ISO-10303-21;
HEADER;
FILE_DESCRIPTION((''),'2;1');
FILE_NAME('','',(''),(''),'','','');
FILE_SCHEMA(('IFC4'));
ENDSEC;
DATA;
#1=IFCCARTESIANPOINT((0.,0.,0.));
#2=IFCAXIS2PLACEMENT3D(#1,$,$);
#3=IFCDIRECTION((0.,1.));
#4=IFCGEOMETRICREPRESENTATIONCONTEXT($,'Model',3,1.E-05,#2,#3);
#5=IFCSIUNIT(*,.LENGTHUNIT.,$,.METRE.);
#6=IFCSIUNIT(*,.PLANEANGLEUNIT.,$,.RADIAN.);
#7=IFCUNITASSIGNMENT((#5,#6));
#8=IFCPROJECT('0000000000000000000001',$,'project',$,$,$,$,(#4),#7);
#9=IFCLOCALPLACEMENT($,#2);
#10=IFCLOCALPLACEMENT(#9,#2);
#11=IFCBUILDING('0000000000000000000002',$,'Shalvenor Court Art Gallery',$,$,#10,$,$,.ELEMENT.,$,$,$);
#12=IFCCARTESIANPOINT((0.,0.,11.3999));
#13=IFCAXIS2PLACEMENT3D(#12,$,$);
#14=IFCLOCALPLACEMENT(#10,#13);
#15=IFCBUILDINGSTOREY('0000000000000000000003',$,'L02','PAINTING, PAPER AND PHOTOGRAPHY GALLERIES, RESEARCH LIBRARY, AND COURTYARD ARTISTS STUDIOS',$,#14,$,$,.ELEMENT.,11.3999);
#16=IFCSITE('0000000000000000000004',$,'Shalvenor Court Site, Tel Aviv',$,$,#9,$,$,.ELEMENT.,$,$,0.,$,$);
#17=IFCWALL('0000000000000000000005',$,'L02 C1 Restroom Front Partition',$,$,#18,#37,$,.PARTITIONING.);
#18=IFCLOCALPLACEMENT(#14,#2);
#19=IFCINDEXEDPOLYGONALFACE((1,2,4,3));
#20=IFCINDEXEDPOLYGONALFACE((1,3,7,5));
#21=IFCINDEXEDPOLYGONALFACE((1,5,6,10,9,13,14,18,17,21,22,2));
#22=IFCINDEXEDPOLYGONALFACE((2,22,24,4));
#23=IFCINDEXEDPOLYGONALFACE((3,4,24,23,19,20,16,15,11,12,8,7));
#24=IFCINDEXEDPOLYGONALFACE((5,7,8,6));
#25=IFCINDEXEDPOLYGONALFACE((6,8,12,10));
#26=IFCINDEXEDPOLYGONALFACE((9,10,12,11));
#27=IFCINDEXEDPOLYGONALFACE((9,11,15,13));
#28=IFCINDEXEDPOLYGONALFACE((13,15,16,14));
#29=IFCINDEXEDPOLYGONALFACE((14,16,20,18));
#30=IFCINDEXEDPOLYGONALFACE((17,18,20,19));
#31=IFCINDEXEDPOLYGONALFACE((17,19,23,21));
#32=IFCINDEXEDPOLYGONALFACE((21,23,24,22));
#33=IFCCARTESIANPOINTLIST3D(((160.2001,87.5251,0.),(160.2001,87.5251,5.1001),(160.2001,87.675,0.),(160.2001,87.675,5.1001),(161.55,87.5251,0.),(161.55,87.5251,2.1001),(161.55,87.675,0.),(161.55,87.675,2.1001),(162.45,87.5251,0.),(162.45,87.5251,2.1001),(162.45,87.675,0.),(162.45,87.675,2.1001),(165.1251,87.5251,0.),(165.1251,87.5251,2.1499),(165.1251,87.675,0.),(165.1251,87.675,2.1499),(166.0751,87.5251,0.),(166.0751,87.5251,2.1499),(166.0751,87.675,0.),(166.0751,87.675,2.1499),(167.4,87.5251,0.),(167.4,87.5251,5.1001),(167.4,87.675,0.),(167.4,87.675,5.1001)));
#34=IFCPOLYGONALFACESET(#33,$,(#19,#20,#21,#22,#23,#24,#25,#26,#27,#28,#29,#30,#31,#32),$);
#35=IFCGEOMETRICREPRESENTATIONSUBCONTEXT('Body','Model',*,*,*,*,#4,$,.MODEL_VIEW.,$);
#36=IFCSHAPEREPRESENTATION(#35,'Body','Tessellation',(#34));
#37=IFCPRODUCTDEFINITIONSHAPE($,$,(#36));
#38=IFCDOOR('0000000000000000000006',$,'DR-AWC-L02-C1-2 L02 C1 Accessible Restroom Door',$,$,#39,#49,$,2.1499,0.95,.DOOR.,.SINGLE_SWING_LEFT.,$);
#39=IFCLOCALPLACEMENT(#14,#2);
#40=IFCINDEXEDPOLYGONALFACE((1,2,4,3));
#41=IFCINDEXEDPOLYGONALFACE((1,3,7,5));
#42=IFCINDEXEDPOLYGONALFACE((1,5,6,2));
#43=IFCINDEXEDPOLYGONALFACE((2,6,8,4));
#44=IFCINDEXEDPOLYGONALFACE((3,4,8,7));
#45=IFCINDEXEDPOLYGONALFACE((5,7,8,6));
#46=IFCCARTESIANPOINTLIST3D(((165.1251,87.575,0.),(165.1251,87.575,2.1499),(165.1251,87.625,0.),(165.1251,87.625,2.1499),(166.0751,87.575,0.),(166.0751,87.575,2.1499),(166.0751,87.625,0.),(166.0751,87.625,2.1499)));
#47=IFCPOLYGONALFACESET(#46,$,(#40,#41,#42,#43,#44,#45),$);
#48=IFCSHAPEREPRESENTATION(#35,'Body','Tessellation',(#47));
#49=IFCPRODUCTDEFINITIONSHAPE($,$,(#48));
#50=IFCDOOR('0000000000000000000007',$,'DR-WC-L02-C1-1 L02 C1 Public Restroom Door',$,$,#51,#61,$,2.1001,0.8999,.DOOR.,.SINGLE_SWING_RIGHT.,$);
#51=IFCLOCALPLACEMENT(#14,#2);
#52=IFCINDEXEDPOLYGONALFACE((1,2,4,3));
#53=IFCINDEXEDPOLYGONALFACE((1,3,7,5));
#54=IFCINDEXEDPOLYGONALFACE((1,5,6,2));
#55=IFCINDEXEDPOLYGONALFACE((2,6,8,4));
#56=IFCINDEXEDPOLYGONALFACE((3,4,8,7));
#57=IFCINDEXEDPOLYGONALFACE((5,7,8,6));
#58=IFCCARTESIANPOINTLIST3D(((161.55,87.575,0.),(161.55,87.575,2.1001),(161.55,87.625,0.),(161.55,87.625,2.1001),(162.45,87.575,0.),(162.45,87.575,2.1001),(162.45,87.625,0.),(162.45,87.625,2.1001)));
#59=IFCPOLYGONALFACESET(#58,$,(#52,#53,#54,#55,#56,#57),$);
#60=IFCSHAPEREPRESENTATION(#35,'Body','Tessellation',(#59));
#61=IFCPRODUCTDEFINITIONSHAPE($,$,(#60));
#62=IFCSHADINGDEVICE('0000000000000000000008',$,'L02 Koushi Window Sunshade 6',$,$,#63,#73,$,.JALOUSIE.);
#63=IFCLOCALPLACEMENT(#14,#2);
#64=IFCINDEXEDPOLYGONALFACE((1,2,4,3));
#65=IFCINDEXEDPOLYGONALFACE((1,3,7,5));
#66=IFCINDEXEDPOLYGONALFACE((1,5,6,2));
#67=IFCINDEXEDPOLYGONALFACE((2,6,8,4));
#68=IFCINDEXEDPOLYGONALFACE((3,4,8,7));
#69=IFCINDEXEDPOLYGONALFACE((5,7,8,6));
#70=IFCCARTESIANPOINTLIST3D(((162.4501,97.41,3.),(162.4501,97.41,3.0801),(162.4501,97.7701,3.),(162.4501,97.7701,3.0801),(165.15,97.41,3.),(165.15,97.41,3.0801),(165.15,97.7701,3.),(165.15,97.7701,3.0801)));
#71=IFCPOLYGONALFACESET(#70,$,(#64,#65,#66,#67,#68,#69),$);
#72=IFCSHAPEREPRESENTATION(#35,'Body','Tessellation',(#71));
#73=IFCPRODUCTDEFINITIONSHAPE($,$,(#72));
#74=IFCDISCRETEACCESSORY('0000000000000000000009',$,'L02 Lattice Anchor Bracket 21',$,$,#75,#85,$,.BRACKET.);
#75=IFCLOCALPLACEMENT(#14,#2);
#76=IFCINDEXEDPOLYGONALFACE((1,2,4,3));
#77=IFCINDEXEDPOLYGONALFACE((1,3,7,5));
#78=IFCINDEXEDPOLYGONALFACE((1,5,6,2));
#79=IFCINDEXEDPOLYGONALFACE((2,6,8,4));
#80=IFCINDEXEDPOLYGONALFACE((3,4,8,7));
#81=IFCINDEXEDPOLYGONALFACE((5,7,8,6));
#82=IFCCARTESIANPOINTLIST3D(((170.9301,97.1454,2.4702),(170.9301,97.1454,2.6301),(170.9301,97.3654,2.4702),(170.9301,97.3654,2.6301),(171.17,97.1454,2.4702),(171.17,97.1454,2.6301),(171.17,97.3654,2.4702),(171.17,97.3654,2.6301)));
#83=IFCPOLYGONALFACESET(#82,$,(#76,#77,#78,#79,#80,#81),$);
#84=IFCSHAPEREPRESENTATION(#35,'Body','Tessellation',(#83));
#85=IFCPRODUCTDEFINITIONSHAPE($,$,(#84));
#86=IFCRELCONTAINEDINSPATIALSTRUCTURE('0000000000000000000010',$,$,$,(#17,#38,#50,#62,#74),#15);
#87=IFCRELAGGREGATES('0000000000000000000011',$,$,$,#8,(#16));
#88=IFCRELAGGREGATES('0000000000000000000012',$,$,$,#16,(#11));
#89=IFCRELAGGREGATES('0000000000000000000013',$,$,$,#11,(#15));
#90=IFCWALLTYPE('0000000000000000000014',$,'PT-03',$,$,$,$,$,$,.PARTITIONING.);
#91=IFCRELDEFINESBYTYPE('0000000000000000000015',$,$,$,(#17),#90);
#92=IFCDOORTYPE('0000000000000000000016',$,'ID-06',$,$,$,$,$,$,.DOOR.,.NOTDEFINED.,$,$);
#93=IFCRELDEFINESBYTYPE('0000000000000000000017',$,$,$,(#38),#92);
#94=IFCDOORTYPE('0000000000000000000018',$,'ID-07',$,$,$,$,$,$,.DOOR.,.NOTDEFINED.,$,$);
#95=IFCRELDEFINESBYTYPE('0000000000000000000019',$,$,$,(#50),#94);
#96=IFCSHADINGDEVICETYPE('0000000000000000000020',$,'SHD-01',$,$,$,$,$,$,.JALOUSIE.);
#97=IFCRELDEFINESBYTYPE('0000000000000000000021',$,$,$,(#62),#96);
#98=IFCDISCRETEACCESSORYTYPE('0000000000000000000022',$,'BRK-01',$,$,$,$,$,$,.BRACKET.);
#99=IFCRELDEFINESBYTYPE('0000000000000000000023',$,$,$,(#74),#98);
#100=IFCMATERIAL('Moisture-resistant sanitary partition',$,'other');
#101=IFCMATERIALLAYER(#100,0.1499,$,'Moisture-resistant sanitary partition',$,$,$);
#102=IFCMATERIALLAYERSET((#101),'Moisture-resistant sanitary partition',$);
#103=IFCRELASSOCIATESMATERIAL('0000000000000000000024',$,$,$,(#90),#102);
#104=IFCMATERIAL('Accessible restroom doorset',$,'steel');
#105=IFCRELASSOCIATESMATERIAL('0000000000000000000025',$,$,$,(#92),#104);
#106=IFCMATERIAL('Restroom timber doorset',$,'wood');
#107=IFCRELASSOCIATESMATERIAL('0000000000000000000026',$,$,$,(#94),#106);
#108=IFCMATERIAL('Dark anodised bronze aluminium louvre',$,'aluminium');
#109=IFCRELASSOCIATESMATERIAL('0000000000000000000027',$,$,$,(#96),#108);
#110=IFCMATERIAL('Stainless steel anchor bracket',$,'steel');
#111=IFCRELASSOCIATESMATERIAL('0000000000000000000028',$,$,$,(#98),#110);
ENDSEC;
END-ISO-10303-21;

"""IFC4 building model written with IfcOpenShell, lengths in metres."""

from ifc_helpers import new_model, si_unit, direction, frame, frame_2d, origin, origin_2d, place, context, subcontext, project, spatial, rectangle, extrude, material, layer, layer_set, type_object, element, fill, save


model = new_model("IFC4")

# Units and contexts
model_context = context("Model", 3, precision=1e-05, world=origin(), true_north=direction((0.0, 1.0)))
body_context = subcontext(model_context, "Body", "Model", "MODEL_VIEW")
ifc_project = project(units=[si_unit("LENGTHUNIT", "METRE"), si_unit("PLANEANGLEUNIT", "RADIAN")], contexts=[model_context])

# Site, building, storey
site_placement = place(None, origin())
site = spatial("IfcSite", under=ifc_project, at=site_placement, Name="Shalvenor Court Site, Tel Aviv", CompositionType="ELEMENT", RefElevation=0.0)
building_placement = place(site_placement, origin())
building = spatial("IfcBuilding", under=site, at=building_placement, Name="Shalvenor Court Art Gallery", CompositionType="ELEMENT")
storey_placement = place(building_placement, frame((0.0, 0.0, 11.3999)))
storey = spatial("IfcBuildingStorey", under=building, at=storey_placement, Name="L02", Description="PAINTING, PAPER AND PHOTOGRAPHY GALLERIES, RESEARCH LIBRARY, AND COURTYARD ARTISTS STUDIOS", CompositionType="ELEMENT", Elevation=11.3999)

# Wall, openings, doors
ifc_material_1 = material(Name="Moisture-resistant sanitary partition", Category="other")
ifc_layer_1 = layer(ifc_material_1, 0.1499, Name="Moisture-resistant sanitary partition")
ifc_layer_set_1 = layer_set([ifc_layer_1], Name="Moisture-resistant sanitary partition")
wall_type_1 = type_object("IfcWallType", Name="PT-03", PredefinedType="PARTITIONING", material=ifc_layer_set_1)
wall_1_placement = place(storey_placement, frame((160.2, 87.6001, 0.0), z_axis=(0.0, 0.0, 1.0), x_axis=(1.0, 0.0, 0.0)))
wall_1 = element("IfcWall", 1, at=wall_1_placement, inside=storey, type_object=wall_type_1, Name="L02 C1 Restroom Front Partition", PredefinedType="PARTITIONING", context=body_context, shape_type="SweptSolid", body=[
    extrude(rectangle(XDim=7.2, YDim=0.1499, at=frame_2d((3.6001, 0.0))), origin(), (0.0, 0.0, 1.0), 5.1001),
])
opening_1_placement = place(wall_1_placement, frame((1.3501, 0.0, 0.0)))
opening_1 = element("IfcOpeningElement", 2, at=opening_1_placement, cuts=wall_1, PredefinedType="OPENING", context=body_context, shape_type="SweptSolid", body=[
    extrude(rectangle(XDim=0.8999, YDim=2.1001, at=frame_2d((0.45, 1.05))), frame((0.0, 0.085, 0.0), z_axis=(0.0, -1.0, 0.0), x_axis=(1.0, 0.0, 0.0)), (0.0, 0.0, 1.0), 0.1699),
])
opening_2_placement = place(wall_1_placement, frame((4.925, 0.0, 0.0)))
opening_2 = element("IfcOpeningElement", 3, at=opening_2_placement, cuts=wall_1, PredefinedType="OPENING", context=body_context, shape_type="SweptSolid", body=[
    extrude(rectangle(XDim=0.95, YDim=2.1499, at=frame_2d((0.4751, 1.075))), frame((0.0, 0.085, 0.0), z_axis=(0.0, -1.0, 0.0), x_axis=(1.0, 0.0, 0.0)), (0.0, 0.0, 1.0), 0.1699),
])
ifc_material_2 = material(Name="Accessible restroom doorset", Category="steel")
door_type_1 = type_object("IfcDoorType", Name="ID-06", OperationType="NOTDEFINED", PredefinedType="DOOR", material=ifc_material_2)
door_1_placement = place(opening_2_placement, origin())
door_1 = element("IfcDoor", 4, at=door_1_placement, inside=storey, type_object=door_type_1, Name="DR-AWC-L02-C1-2 L02 C1 Accessible Restroom Door", OperationType="SINGLE_SWING_LEFT", OverallHeight=2.1499, OverallWidth=0.95, PredefinedType="DOOR", context=body_context, shape_type="SweptSolid", body=[
    extrude(rectangle(XDim=0.95, YDim=2.1499, at=frame_2d((0.4751, 1.075))), frame((0.0, 0.0249, 0.0), z_axis=(0.0, -1.0, 0.0), x_axis=(1.0, 0.0, 0.0)), (0.0, 0.0, 1.0), 0.05),
])
fill(opening_2, door_1)
ifc_material_3 = material(Name="Restroom timber doorset", Category="wood")
door_type_2 = type_object("IfcDoorType", Name="ID-07", OperationType="NOTDEFINED", PredefinedType="DOOR", material=ifc_material_3)
door_2_placement = place(opening_1_placement, origin())
door_2 = element("IfcDoor", 5, at=door_2_placement, inside=storey, type_object=door_type_2, Name="DR-WC-L02-C1-1 L02 C1 Public Restroom Door", OperationType="SINGLE_SWING_RIGHT", OverallHeight=2.1001, OverallWidth=0.8999, PredefinedType="DOOR", context=body_context, shape_type="SweptSolid", body=[
    extrude(rectangle(XDim=0.8999, YDim=2.1001, at=frame_2d((0.45, 1.05))), frame((0.0, 0.0249, 0.0), z_axis=(0.0, -1.0, 0.0), x_axis=(1.0, 0.0, 0.0)), (0.0, 0.0, 1.0), 0.05),
])
fill(opening_1, door_2)

# Shading device
ifc_material_4 = material(Name="Dark anodised bronze aluminium louvre", Category="aluminium")
shading_device_type = type_object("IfcShadingDeviceType", Name="SHD-01", PredefinedType="JALOUSIE", material=ifc_material_4)
shading_device_placement = place(storey_placement, frame((163.8, 97.5901, 3.0), z_axis=(0.0, 0.0, 1.0), x_axis=(1.0, 0.0, 0.0)))
element("IfcShadingDevice", 6, at=shading_device_placement, inside=storey, type_object=shading_device_type, Name="L02 Koushi Window Sunshade 6", PredefinedType="JALOUSIE", context=body_context, shape_type="SweptSolid", body=[
    extrude(rectangle(XDim=2.7, YDim=0.3601, at=origin_2d()), origin(), (0.0, 0.0, 1.0), 0.0801),
])

# Discrete accessory
ifc_material_5 = material(Name="Stainless steel anchor bracket", Category="steel")
discrete_accessory_type = type_object("IfcDiscreteAccessoryType", Name="BRK-01", PredefinedType="BRACKET", material=ifc_material_5)
discrete_accessory_placement = place(storey_placement, frame((171.05, 97.2554, 2.4702), z_axis=(0.0, 0.0, 1.0), x_axis=(1.0, 0.0, 0.0)))
element("IfcDiscreteAccessory", 7, at=discrete_accessory_placement, inside=storey, type_object=discrete_accessory_type, Name="L02 Lattice Anchor Bracket 21", PredefinedType="BRACKET", context=body_context, shape_type="SweptSolid", body=[
    extrude(rectangle(XDim=0.24, YDim=0.22, at=origin_2d()), origin(), (0.0, 0.0, 1.0), 0.1599),
])

save(model, "model.ifc")
